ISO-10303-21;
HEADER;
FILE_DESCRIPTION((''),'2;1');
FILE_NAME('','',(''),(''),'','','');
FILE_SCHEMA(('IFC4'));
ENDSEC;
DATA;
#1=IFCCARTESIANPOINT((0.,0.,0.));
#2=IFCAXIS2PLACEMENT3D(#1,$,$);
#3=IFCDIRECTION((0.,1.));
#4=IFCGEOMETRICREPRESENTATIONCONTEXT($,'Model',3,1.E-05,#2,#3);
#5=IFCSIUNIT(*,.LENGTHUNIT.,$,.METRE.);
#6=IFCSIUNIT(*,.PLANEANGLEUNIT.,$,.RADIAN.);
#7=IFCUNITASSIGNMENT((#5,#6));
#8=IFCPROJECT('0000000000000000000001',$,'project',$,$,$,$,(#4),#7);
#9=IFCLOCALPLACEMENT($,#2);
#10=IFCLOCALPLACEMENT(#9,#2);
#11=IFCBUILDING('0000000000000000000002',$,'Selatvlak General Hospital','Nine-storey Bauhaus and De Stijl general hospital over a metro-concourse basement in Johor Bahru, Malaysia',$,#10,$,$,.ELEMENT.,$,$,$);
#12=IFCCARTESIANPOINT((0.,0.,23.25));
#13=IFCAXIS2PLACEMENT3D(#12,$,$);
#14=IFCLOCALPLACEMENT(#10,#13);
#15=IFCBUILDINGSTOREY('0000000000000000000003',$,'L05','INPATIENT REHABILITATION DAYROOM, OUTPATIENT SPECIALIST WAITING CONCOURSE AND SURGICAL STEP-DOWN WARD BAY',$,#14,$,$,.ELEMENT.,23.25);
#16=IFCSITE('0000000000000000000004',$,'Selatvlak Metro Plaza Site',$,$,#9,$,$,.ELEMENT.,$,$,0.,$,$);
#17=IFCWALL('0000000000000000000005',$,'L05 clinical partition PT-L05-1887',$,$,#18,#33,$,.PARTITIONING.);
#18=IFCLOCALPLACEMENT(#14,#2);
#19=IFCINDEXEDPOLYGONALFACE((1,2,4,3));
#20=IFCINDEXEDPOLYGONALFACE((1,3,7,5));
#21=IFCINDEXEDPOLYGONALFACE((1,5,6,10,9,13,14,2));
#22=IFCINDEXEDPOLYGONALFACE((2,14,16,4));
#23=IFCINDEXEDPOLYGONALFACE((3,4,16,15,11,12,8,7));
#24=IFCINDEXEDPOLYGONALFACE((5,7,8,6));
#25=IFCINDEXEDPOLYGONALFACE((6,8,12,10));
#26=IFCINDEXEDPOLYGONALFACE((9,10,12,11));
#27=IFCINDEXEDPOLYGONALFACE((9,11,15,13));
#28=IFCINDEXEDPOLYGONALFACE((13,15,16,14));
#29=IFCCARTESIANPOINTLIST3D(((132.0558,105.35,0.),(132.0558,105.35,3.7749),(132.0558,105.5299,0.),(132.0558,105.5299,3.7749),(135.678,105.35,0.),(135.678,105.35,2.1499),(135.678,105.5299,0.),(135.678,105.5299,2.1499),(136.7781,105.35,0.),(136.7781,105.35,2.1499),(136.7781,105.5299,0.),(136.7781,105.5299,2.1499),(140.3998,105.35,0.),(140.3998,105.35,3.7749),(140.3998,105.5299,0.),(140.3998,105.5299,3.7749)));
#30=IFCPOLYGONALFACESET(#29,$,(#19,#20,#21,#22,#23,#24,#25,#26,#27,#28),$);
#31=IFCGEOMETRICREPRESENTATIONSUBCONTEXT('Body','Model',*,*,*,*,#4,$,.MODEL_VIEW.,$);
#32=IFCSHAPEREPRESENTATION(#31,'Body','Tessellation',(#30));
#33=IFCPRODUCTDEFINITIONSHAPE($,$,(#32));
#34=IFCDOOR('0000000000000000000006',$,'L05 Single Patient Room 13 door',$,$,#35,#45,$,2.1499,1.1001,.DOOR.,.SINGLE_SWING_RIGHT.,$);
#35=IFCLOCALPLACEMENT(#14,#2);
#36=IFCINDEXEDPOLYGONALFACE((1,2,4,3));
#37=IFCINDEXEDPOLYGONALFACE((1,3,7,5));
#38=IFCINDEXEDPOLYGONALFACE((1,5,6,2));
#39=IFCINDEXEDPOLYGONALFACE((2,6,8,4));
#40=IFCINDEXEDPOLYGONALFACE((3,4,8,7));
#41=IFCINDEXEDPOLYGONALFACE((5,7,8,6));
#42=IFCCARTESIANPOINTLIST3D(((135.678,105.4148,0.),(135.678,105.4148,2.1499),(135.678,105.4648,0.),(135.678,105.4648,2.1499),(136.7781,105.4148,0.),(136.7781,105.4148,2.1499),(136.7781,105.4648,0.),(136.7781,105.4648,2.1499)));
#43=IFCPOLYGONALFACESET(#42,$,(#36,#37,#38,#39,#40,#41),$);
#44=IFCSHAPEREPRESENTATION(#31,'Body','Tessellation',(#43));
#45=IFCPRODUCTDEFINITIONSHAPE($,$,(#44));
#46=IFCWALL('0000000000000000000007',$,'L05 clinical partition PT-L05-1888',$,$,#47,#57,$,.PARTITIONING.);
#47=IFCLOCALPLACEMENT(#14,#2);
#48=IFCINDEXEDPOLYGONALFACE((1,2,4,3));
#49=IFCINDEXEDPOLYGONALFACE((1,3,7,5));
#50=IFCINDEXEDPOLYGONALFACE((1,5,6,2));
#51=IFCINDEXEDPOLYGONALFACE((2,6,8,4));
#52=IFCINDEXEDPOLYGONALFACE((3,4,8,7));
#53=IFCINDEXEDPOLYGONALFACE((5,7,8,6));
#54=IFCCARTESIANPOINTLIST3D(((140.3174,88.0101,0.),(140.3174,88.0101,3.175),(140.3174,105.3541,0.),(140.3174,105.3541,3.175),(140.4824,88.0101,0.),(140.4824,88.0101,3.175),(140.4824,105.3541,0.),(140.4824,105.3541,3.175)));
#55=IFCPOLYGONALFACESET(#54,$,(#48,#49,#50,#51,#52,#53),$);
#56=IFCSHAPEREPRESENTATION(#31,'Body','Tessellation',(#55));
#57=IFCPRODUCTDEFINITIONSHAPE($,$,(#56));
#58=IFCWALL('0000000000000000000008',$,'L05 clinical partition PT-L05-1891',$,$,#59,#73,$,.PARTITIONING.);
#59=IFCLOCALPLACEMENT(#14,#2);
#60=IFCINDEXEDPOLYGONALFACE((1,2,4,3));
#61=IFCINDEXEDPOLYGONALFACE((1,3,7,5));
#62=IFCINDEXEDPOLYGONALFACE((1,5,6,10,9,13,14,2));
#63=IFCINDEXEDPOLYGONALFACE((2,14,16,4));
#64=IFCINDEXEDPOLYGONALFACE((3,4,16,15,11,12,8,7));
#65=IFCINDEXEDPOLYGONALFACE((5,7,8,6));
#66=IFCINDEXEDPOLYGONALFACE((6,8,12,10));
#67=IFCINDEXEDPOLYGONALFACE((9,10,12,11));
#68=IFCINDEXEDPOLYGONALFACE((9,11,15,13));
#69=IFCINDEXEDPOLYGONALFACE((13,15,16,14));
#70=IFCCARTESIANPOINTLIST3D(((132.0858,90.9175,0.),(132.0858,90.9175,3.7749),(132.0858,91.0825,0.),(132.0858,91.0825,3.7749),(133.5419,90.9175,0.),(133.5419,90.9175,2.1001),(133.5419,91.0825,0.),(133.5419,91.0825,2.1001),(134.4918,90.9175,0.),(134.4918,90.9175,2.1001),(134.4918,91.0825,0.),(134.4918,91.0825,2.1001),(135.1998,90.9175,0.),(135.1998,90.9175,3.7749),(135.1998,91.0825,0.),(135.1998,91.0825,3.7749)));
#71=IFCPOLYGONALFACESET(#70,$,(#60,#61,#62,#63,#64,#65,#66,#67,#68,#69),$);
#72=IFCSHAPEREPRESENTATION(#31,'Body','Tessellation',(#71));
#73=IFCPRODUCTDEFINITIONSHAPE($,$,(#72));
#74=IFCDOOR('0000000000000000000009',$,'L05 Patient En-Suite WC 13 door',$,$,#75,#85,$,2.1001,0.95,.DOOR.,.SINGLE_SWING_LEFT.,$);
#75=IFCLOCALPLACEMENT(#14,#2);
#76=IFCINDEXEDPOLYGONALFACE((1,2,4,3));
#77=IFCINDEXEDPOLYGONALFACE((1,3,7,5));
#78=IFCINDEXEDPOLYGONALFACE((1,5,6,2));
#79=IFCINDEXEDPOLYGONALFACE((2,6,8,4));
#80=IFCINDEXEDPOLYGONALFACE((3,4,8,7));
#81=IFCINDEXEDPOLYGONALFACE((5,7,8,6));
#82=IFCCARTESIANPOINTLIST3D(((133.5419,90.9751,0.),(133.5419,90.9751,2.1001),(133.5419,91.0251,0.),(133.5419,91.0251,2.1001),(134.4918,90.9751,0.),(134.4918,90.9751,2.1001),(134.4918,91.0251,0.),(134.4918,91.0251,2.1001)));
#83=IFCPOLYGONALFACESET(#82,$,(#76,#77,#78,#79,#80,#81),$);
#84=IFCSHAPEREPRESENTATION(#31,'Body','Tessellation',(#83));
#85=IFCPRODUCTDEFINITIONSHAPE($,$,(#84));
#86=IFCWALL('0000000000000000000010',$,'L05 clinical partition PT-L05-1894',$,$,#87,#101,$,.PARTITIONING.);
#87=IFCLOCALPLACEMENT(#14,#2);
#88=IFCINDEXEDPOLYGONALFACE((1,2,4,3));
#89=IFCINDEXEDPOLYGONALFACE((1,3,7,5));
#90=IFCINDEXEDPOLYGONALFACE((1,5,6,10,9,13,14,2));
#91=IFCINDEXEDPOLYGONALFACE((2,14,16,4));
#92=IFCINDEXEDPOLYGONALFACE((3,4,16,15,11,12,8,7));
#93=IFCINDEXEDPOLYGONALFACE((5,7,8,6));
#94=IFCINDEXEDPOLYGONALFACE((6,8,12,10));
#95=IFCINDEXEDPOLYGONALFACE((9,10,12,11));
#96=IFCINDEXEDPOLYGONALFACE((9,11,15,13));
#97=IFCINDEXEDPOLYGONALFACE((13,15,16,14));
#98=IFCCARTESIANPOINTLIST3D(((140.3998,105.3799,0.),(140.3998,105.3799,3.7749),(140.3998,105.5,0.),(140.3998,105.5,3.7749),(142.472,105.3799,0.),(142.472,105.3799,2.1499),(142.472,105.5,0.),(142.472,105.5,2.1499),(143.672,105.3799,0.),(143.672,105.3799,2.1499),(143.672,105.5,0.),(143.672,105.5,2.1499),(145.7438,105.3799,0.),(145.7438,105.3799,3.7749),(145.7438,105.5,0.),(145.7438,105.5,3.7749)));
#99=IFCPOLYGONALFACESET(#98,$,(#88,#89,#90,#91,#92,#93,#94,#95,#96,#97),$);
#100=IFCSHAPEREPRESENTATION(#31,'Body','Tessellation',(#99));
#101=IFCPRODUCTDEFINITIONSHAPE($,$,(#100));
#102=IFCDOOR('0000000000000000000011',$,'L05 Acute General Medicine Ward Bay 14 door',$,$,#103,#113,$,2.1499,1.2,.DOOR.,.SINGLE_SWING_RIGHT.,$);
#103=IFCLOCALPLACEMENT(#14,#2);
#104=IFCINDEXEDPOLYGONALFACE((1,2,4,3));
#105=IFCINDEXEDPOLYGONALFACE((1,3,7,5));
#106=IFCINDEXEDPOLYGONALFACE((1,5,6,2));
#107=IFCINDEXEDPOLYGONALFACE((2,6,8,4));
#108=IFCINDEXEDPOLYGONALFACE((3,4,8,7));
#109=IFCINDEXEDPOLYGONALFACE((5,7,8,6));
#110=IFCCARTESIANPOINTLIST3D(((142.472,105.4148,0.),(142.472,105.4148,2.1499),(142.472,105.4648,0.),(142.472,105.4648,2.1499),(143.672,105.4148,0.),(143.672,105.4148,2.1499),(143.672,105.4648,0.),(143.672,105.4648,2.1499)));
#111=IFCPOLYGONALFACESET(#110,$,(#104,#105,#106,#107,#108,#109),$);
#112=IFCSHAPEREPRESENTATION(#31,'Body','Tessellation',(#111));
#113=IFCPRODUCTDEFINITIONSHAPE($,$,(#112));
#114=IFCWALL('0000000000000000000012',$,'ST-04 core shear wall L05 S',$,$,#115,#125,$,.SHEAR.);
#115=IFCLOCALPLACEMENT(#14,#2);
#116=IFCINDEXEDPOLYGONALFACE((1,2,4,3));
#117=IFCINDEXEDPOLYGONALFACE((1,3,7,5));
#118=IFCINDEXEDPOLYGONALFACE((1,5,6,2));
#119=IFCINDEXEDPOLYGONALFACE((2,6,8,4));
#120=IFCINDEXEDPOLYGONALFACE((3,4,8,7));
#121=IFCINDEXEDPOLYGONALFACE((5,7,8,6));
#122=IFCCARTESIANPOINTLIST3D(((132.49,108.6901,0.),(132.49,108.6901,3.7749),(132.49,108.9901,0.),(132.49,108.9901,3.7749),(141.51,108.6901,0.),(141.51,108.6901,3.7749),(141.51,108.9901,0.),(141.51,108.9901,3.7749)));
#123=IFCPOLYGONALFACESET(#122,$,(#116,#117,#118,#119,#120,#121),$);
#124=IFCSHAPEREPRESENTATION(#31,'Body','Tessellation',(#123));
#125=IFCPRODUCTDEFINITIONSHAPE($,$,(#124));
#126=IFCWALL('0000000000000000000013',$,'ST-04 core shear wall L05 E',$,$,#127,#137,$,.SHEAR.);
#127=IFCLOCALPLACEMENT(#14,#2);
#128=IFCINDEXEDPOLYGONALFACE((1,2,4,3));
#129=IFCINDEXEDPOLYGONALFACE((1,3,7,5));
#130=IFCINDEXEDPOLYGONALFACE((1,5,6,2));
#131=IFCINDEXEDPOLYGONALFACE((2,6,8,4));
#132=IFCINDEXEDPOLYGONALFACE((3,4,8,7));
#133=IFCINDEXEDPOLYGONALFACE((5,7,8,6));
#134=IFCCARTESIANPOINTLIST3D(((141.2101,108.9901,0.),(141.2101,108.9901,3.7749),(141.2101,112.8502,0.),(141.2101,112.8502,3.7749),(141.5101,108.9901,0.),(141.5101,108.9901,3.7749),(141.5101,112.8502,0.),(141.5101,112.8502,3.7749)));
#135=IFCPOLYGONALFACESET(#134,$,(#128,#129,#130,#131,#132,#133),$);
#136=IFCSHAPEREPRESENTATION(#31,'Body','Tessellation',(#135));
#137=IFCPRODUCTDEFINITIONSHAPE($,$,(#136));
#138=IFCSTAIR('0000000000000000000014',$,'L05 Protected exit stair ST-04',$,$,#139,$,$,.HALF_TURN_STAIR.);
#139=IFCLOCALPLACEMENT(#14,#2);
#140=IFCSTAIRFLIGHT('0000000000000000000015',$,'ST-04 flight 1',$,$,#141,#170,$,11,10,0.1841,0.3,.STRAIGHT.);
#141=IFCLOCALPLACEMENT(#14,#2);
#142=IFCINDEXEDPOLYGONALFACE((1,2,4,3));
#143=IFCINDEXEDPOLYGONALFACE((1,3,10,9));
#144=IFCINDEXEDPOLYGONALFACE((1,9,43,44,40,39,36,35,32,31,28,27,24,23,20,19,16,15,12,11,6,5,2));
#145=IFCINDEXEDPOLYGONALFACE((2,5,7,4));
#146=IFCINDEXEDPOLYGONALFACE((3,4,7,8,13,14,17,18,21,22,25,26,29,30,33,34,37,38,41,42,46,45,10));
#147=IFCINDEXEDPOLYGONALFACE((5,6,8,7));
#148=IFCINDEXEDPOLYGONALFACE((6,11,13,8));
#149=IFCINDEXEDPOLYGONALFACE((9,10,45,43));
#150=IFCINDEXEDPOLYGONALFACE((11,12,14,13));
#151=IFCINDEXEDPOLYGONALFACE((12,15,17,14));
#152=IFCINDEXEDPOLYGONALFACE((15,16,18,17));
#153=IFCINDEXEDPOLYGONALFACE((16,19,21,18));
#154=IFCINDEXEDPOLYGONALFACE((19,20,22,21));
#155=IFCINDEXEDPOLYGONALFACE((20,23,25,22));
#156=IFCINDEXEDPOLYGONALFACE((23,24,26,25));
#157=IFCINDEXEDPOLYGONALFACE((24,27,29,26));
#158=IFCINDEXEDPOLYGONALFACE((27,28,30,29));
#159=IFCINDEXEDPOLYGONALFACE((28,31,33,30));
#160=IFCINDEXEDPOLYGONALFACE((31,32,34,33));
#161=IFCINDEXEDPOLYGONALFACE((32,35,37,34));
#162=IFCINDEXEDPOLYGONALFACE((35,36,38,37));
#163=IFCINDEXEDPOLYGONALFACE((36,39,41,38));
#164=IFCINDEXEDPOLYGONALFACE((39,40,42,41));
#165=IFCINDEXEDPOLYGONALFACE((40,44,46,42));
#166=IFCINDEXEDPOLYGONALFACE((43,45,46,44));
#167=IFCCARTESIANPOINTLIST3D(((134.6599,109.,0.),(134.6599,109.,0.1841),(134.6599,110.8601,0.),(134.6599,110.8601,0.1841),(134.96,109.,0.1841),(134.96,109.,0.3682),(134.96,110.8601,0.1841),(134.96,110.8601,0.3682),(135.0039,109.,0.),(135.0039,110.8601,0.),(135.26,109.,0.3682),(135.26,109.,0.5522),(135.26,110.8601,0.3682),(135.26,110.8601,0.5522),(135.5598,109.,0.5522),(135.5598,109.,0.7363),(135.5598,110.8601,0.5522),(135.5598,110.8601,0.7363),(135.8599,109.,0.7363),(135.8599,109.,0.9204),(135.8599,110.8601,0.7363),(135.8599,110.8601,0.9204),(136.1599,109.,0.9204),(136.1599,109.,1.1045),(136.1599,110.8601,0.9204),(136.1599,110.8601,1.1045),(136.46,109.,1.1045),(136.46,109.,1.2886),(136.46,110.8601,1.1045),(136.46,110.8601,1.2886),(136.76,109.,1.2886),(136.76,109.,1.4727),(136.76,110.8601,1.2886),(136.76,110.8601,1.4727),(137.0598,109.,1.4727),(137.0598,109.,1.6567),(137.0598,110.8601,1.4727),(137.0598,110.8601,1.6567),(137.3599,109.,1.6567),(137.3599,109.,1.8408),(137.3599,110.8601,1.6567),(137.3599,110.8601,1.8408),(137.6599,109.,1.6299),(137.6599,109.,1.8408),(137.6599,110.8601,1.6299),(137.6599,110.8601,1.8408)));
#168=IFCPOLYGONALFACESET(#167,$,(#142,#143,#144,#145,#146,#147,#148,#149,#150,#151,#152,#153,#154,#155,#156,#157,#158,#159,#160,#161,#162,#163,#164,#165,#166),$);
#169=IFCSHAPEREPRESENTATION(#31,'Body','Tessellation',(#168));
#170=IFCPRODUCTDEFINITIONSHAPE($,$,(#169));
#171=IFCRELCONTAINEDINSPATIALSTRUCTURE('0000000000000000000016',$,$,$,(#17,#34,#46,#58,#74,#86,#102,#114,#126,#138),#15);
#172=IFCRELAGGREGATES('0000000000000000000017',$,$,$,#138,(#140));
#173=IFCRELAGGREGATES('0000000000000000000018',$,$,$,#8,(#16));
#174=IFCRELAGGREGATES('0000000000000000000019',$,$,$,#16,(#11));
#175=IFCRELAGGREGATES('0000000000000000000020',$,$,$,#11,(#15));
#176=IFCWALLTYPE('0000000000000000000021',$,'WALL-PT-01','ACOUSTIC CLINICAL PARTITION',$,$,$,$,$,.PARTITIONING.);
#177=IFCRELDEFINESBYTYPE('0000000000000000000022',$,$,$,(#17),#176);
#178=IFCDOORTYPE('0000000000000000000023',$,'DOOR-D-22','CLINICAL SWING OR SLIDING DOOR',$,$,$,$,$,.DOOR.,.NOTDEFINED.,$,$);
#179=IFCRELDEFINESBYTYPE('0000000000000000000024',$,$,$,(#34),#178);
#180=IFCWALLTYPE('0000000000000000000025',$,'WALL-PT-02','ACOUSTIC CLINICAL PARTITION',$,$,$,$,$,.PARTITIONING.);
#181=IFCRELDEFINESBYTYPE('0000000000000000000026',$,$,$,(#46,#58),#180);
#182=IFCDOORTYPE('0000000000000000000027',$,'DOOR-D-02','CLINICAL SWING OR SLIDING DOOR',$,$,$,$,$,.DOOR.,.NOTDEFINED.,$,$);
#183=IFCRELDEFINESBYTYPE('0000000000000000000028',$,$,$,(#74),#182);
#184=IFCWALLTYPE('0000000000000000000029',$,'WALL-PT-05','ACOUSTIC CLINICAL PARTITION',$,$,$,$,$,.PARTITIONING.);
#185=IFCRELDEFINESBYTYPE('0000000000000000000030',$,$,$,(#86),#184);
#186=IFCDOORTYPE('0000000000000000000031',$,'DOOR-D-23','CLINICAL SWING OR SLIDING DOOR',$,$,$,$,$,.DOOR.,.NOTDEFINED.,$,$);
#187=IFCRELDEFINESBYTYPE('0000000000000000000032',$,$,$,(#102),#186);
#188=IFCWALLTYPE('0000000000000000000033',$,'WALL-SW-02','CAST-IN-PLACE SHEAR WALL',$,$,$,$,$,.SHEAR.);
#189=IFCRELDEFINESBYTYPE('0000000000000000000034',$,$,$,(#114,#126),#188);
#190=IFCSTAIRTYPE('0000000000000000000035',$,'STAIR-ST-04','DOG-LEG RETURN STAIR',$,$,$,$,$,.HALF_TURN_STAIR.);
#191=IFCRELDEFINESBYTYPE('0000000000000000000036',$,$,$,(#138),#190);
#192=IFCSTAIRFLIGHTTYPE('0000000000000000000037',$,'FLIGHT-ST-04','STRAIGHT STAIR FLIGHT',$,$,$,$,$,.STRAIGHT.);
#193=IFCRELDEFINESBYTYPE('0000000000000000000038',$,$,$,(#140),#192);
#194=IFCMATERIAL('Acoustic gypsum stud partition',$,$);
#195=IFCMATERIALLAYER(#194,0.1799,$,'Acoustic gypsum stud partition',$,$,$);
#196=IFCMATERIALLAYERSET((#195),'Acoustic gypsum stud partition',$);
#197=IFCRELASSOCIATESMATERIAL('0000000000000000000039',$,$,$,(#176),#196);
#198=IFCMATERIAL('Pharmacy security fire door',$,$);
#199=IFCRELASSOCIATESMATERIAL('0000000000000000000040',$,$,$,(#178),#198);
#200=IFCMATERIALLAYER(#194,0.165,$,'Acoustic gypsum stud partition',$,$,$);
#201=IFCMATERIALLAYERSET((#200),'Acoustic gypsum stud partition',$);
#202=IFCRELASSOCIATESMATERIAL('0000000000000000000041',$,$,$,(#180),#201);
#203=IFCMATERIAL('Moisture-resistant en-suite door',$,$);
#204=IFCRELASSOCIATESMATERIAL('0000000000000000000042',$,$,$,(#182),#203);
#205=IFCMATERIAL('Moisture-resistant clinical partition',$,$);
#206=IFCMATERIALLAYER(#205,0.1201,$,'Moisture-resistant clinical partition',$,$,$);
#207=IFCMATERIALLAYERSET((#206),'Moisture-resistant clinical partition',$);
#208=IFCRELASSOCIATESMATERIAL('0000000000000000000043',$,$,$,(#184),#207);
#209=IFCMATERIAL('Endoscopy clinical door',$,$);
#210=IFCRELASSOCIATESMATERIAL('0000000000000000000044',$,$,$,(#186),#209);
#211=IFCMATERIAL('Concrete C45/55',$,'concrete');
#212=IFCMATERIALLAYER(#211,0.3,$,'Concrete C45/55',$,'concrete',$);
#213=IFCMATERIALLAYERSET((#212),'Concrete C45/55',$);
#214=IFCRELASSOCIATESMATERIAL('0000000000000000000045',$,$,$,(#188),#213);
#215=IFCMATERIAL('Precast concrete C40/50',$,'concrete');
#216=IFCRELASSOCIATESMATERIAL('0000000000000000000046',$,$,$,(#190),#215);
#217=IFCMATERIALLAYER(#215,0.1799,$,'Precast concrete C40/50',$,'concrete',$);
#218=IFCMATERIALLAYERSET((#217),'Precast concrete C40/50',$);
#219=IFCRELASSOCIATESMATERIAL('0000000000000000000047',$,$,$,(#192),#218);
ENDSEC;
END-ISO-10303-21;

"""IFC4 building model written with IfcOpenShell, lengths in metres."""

from ifc_helpers import new_model, si_unit, direction, frame, frame_2d, origin, place, context, subcontext, project, spatial, polyline, rectangle, outline, extrude, material, layer, layer_set, type_object, element, fill, aggregate, save


model = new_model("IFC4")

# Units and contexts
model_context = context("Model", 3, precision=1e-05, world=origin(), true_north=direction((0.0, 1.0)))
body_context = subcontext(model_context, "Body", "Model", "MODEL_VIEW")
ifc_project = project(units=[si_unit("LENGTHUNIT", "METRE"), si_unit("PLANEANGLEUNIT", "RADIAN")], contexts=[model_context])

# Site, building, storey
site_placement = place(None, origin())
site = spatial("IfcSite", under=ifc_project, at=site_placement, Name="Selatvlak Metro Plaza Site", CompositionType="ELEMENT", RefElevation=0.0)
building_placement = place(site_placement, origin())
building = spatial("IfcBuilding", under=site, at=building_placement, Name="Selatvlak General Hospital", Description="Nine-storey Bauhaus and De Stijl general hospital over a metro-concourse basement in Johor Bahru, Malaysia", CompositionType="ELEMENT")
storey_placement = place(building_placement, frame((0.0, 0.0, 23.25)))
storey = spatial("IfcBuildingStorey", under=building, at=storey_placement, Name="L05", Description="INPATIENT REHABILITATION DAYROOM, OUTPATIENT SPECIALIST WAITING CONCOURSE AND SURGICAL STEP-DOWN WARD BAY", CompositionType="ELEMENT", Elevation=23.25)

# Shared definitions
ifc_material_1 = material(Name="Acoustic gypsum stud partition")
ifc_layer_1 = layer(ifc_material_1, 0.1799, Name="Acoustic gypsum stud partition")
ifc_layer_set_1 = layer_set([ifc_layer_1], Name="Acoustic gypsum stud partition")
wall_type_1 = type_object("IfcWallType", Name="WALL-PT-01", Description="ACOUSTIC CLINICAL PARTITION", PredefinedType="PARTITIONING", material=ifc_layer_set_1)

# Wall, opening, door
wall_1_placement = place(storey_placement, frame((132.0559, 105.4399, 0.0), z_axis=(0.0, 0.0, 1.0), x_axis=(1.0, 0.0, 0.0)))
wall_1 = element("IfcWall", 1, at=wall_1_placement, inside=storey, type_object=wall_type_1, Name="L05 clinical partition PT-L05-1887", PredefinedType="PARTITIONING", context=body_context, shape_type="SweptSolid", body=[
    extrude(rectangle(XDim=8.344, YDim=0.1799, at=frame_2d((4.1719, 0.0))), origin(), (0.0, 0.0, 1.0), 3.7749),
])
opening_1_placement = place(wall_1_placement, frame((3.6221, 0.0, 0.0)))
opening_1 = element("IfcOpeningElement", 2, at=opening_1_placement, cuts=wall_1, PredefinedType="OPENING", context=body_context, shape_type="SweptSolid", body=[
    extrude(rectangle(XDim=1.1001, YDim=2.1499, at=frame_2d((0.55, 1.075))), frame((0.0, 0.0999, 0.0), z_axis=(0.0, -1.0, 0.0), x_axis=(1.0, 0.0, 0.0)), (0.0, 0.0, 1.0), 0.2),
])
ifc_material_2 = material(Name="Pharmacy security fire door")
door_type_1 = type_object("IfcDoorType", Name="DOOR-D-22", Description="CLINICAL SWING OR SLIDING DOOR", OperationType="NOTDEFINED", PredefinedType="DOOR", material=ifc_material_2)
door_1_placement = place(opening_1_placement, origin())
door_1 = element("IfcDoor", 3, at=door_1_placement, inside=storey, type_object=door_type_1, Name="L05 Single Patient Room 13 door", OperationType="SINGLE_SWING_RIGHT", OverallHeight=2.1499, OverallWidth=1.1001, PredefinedType="DOOR", context=body_context, shape_type="SweptSolid", body=[
    extrude(rectangle(XDim=1.1001, YDim=2.1499, at=frame_2d((0.55, 1.075))), frame((0.0, 0.0249, 0.0), z_axis=(0.0, -1.0, 0.0), x_axis=(1.0, 0.0, 0.0)), (0.0, 0.0, 1.0), 0.05),
])
fill(opening_1, door_1)

# Wall
ifc_layer_2 = layer(ifc_material_1, 0.165, Name="Acoustic gypsum stud partition")
ifc_layer_set_2 = layer_set([ifc_layer_2], Name="Acoustic gypsum stud partition")
wall_type_2 = type_object("IfcWallType", Name="WALL-PT-02", Description="ACOUSTIC CLINICAL PARTITION", PredefinedType="PARTITIONING", material=ifc_layer_set_2)
wall_2_placement = place(storey_placement, frame((140.3999, 105.354, 0.0), z_axis=(0.0, 0.0, 1.0), x_axis=(0.0, -1.0, 0.0)))
element("IfcWall", 4, at=wall_2_placement, inside=storey, type_object=wall_type_2, Name="L05 clinical partition PT-L05-1888", PredefinedType="PARTITIONING", context=body_context, shape_type="SweptSolid", body=[
    extrude(rectangle(XDim=17.344, YDim=0.165, at=frame_2d((8.6719, 0.0))), origin(), (0.0, 0.0, 1.0), 3.175),
])

# Walls, openings, doors
wall_3_placement = place(storey_placement, frame((135.2, 91.0, 0.0), z_axis=(0.0, 0.0, 1.0), x_axis=(-1.0, 0.0, 0.0)))
wall_3 = element("IfcWall", 5, at=wall_3_placement, inside=storey, type_object=wall_type_2, Name="L05 clinical partition PT-L05-1891", PredefinedType="PARTITIONING", context=body_context, shape_type="SweptSolid", body=[
    extrude(rectangle(XDim=3.114, YDim=0.165, at=frame_2d((1.5571, 0.0))), origin(), (0.0, 0.0, 1.0), 3.7749),
])
opening_2_placement = place(wall_3_placement, frame((0.708, 0.0, 0.0)))
opening_2 = element("IfcOpeningElement", 6, at=opening_2_placement, cuts=wall_3, PredefinedType="OPENING", context=body_context, shape_type="SweptSolid", body=[
    extrude(rectangle(XDim=0.95, YDim=2.1001, at=frame_2d((0.4751, 1.05))), frame((0.0, 0.0925, 0.0), z_axis=(0.0, -1.0, 0.0), x_axis=(1.0, 0.0, 0.0)), (0.0, 0.0, 1.0), 0.1851),
])
ifc_material_3 = material(Name="Moisture-resistant en-suite door")
door_type_2 = type_object("IfcDoorType", Name="DOOR-D-02", Description="CLINICAL SWING OR SLIDING DOOR", OperationType="NOTDEFINED", PredefinedType="DOOR", material=ifc_material_3)
door_2_placement = place(opening_2_placement, origin())
door_2 = element("IfcDoor", 7, at=door_2_placement, inside=storey, type_object=door_type_2, Name="L05 Patient En-Suite WC 13 door", OperationType="SINGLE_SWING_LEFT", OverallHeight=2.1001, OverallWidth=0.95, PredefinedType="DOOR", context=body_context, shape_type="SweptSolid", body=[
    extrude(rectangle(XDim=0.95, YDim=2.1001, at=frame_2d((0.4751, 1.05))), frame((0.0, 0.0249, 0.0), z_axis=(0.0, -1.0, 0.0), x_axis=(1.0, 0.0, 0.0)), (0.0, 0.0, 1.0), 0.05),
])
fill(opening_2, door_2)
ifc_material_4 = material(Name="Moisture-resistant clinical partition")
ifc_layer_3 = layer(ifc_material_4, 0.1201, Name="Moisture-resistant clinical partition")
ifc_layer_set_3 = layer_set([ifc_layer_3], Name="Moisture-resistant clinical partition")
wall_type_3 = type_object("IfcWallType", Name="WALL-PT-05", Description="ACOUSTIC CLINICAL PARTITION", PredefinedType="PARTITIONING", material=ifc_layer_set_3)
wall_4_placement = place(storey_placement, frame((140.3999, 105.4399, 0.0), z_axis=(0.0, 0.0, 1.0), x_axis=(1.0, 0.0, 0.0)))
wall_4 = element("IfcWall", 8, at=wall_4_placement, inside=storey, type_object=wall_type_3, Name="L05 clinical partition PT-L05-1894", PredefinedType="PARTITIONING", context=body_context, shape_type="SweptSolid", body=[
    extrude(rectangle(XDim=5.344, YDim=0.1201, at=frame_2d((2.6719, 0.0))), origin(), (0.0, 0.0, 1.0), 3.7749),
])
opening_3_placement = place(wall_4_placement, frame((2.072, 0.0, 0.0)))
opening_3 = element("IfcOpeningElement", 9, at=opening_3_placement, cuts=wall_4, PredefinedType="OPENING", context=body_context, shape_type="SweptSolid", body=[
    extrude(rectangle(XDim=1.2, YDim=2.1499, at=frame_2d((0.6001, 1.075))), frame((0.0, 0.0701, 0.0), z_axis=(0.0, -1.0, 0.0), x_axis=(1.0, 0.0, 0.0)), (0.0, 0.0, 1.0), 0.1401),
])
ifc_material_5 = material(Name="Endoscopy clinical door")
door_type_3 = type_object("IfcDoorType", Name="DOOR-D-23", Description="CLINICAL SWING OR SLIDING DOOR", OperationType="NOTDEFINED", PredefinedType="DOOR", material=ifc_material_5)
door_3_placement = place(opening_3_placement, origin())
door_3 = element("IfcDoor", 10, at=door_3_placement, inside=storey, type_object=door_type_3, Name="L05 Acute General Medicine Ward Bay 14 door", OperationType="SINGLE_SWING_RIGHT", OverallHeight=2.1499, OverallWidth=1.2, PredefinedType="DOOR", context=body_context, shape_type="SweptSolid", body=[
    extrude(rectangle(XDim=1.2, YDim=2.1499, at=frame_2d((0.6001, 1.075))), frame((0.0, 0.0249, 0.0), z_axis=(0.0, -1.0, 0.0), x_axis=(1.0, 0.0, 0.0)), (0.0, 0.0, 1.0), 0.05),
])
fill(opening_3, door_3)

# Walls
ifc_material_6 = material(Name="Concrete C45/55", Category="concrete")
ifc_layer_4 = layer(ifc_material_6, 0.3, Name="Concrete C45/55", Category="concrete")
ifc_layer_set_4 = layer_set([ifc_layer_4], Name="Concrete C45/55")
wall_type_4 = type_object("IfcWallType", Name="WALL-SW-02", Description="CAST-IN-PLACE SHEAR WALL", PredefinedType="SHEAR", material=ifc_layer_set_4)
wall_5_placement = place(storey_placement, frame((132.49, 108.8401, 0.0), z_axis=(0.0, 0.0, 1.0), x_axis=(1.0, 0.0, 0.0)))
element("IfcWall", 11, at=wall_5_placement, inside=storey, type_object=wall_type_4, Name="ST-04 core shear wall L05 S", PredefinedType="SHEAR", context=body_context, shape_type="SweptSolid", body=[
    extrude(rectangle(XDim=9.02, YDim=0.3, at=frame_2d((4.51, 0.0))), origin(), (0.0, 0.0, 1.0), 3.7749),
])
wall_6_placement = place(storey_placement, frame((141.3601, 108.99, 0.0), z_axis=(0.0, 0.0, 1.0), x_axis=(0.0, 1.0, 0.0)))
element("IfcWall", 12, at=wall_6_placement, inside=storey, type_object=wall_type_4, Name="ST-04 core shear wall L05 E", PredefinedType="SHEAR", context=body_context, shape_type="SweptSolid", body=[
    extrude(rectangle(XDim=3.8601, YDim=0.3, at=frame_2d((1.9302, 0.0))), origin(), (0.0, 0.0, 1.0), 3.7749),
])

# Stair, stair flight
ifc_material_7 = material(Name="Precast concrete C40/50", Category="concrete")
stair_type = type_object("IfcStairType", Name="STAIR-ST-04", Description="DOG-LEG RETURN STAIR", PredefinedType="HALF_TURN_STAIR", material=ifc_material_7)
stair_placement = place(storey_placement, origin())
stair = element("IfcStair", 13, at=stair_placement, inside=storey, type_object=stair_type, Name="L05 Protected exit stair ST-04", PredefinedType="HALF_TURN_STAIR")
ifc_layer_5 = layer(ifc_material_7, 0.1799, Name="Precast concrete C40/50", Category="concrete")
ifc_layer_set_5 = layer_set([ifc_layer_5], Name="Precast concrete C40/50")
stair_flight_type = type_object("IfcStairFlightType", Name="FLIGHT-ST-04", Description="STRAIGHT STAIR FLIGHT", PredefinedType="STRAIGHT", material=ifc_layer_set_5)
stair_flight_placement = place(storey_placement, frame((134.6599, 109.9299, 0.0), z_axis=(0.0, 0.0, 1.0), x_axis=(1.0, 0.0, 0.0)))
stair_flight = element("IfcStairFlight", 14, at=stair_flight_placement, type_object=stair_flight_type, Name="ST-04 flight 1", NumberOfRisers=11, NumberOfTreads=10, PredefinedType="STRAIGHT", RiserHeight=0.1841, TreadLength=0.3, context=body_context, shape_type="SweptSolid", body=[
    extrude(outline(polyline([(0.0, 0.0), (0.0, 0.1841), (0.3, 0.1841), (0.3, 0.3682), (0.6001, 0.3682), (0.6001, 0.5522), (0.8999, 0.5522), (0.8999, 0.7363), (1.2, 0.7363), (1.2, 0.9204), (1.5, 0.9204), (1.5, 1.1045), (1.8, 1.1045), (1.8, 1.2886), (2.1001, 1.2886), (2.1001, 1.4727), (2.3999, 1.4727), (2.3999, 1.6567), (2.7, 1.6567), (2.7, 1.8408), (3.0, 1.8408), (3.0, 2.0249), (3.0, 1.6299), (0.344, 0.0), (0.0, 0.0)])), frame((0.0, 0.9302, 0.0), z_axis=(0.0, -1.0, 0.0), x_axis=(1.0, 0.0, 0.0)), (0.0, 0.0, 1.0), 1.8601),
])
aggregate(stair, [stair_flight])

save(model, "model.ifc")
